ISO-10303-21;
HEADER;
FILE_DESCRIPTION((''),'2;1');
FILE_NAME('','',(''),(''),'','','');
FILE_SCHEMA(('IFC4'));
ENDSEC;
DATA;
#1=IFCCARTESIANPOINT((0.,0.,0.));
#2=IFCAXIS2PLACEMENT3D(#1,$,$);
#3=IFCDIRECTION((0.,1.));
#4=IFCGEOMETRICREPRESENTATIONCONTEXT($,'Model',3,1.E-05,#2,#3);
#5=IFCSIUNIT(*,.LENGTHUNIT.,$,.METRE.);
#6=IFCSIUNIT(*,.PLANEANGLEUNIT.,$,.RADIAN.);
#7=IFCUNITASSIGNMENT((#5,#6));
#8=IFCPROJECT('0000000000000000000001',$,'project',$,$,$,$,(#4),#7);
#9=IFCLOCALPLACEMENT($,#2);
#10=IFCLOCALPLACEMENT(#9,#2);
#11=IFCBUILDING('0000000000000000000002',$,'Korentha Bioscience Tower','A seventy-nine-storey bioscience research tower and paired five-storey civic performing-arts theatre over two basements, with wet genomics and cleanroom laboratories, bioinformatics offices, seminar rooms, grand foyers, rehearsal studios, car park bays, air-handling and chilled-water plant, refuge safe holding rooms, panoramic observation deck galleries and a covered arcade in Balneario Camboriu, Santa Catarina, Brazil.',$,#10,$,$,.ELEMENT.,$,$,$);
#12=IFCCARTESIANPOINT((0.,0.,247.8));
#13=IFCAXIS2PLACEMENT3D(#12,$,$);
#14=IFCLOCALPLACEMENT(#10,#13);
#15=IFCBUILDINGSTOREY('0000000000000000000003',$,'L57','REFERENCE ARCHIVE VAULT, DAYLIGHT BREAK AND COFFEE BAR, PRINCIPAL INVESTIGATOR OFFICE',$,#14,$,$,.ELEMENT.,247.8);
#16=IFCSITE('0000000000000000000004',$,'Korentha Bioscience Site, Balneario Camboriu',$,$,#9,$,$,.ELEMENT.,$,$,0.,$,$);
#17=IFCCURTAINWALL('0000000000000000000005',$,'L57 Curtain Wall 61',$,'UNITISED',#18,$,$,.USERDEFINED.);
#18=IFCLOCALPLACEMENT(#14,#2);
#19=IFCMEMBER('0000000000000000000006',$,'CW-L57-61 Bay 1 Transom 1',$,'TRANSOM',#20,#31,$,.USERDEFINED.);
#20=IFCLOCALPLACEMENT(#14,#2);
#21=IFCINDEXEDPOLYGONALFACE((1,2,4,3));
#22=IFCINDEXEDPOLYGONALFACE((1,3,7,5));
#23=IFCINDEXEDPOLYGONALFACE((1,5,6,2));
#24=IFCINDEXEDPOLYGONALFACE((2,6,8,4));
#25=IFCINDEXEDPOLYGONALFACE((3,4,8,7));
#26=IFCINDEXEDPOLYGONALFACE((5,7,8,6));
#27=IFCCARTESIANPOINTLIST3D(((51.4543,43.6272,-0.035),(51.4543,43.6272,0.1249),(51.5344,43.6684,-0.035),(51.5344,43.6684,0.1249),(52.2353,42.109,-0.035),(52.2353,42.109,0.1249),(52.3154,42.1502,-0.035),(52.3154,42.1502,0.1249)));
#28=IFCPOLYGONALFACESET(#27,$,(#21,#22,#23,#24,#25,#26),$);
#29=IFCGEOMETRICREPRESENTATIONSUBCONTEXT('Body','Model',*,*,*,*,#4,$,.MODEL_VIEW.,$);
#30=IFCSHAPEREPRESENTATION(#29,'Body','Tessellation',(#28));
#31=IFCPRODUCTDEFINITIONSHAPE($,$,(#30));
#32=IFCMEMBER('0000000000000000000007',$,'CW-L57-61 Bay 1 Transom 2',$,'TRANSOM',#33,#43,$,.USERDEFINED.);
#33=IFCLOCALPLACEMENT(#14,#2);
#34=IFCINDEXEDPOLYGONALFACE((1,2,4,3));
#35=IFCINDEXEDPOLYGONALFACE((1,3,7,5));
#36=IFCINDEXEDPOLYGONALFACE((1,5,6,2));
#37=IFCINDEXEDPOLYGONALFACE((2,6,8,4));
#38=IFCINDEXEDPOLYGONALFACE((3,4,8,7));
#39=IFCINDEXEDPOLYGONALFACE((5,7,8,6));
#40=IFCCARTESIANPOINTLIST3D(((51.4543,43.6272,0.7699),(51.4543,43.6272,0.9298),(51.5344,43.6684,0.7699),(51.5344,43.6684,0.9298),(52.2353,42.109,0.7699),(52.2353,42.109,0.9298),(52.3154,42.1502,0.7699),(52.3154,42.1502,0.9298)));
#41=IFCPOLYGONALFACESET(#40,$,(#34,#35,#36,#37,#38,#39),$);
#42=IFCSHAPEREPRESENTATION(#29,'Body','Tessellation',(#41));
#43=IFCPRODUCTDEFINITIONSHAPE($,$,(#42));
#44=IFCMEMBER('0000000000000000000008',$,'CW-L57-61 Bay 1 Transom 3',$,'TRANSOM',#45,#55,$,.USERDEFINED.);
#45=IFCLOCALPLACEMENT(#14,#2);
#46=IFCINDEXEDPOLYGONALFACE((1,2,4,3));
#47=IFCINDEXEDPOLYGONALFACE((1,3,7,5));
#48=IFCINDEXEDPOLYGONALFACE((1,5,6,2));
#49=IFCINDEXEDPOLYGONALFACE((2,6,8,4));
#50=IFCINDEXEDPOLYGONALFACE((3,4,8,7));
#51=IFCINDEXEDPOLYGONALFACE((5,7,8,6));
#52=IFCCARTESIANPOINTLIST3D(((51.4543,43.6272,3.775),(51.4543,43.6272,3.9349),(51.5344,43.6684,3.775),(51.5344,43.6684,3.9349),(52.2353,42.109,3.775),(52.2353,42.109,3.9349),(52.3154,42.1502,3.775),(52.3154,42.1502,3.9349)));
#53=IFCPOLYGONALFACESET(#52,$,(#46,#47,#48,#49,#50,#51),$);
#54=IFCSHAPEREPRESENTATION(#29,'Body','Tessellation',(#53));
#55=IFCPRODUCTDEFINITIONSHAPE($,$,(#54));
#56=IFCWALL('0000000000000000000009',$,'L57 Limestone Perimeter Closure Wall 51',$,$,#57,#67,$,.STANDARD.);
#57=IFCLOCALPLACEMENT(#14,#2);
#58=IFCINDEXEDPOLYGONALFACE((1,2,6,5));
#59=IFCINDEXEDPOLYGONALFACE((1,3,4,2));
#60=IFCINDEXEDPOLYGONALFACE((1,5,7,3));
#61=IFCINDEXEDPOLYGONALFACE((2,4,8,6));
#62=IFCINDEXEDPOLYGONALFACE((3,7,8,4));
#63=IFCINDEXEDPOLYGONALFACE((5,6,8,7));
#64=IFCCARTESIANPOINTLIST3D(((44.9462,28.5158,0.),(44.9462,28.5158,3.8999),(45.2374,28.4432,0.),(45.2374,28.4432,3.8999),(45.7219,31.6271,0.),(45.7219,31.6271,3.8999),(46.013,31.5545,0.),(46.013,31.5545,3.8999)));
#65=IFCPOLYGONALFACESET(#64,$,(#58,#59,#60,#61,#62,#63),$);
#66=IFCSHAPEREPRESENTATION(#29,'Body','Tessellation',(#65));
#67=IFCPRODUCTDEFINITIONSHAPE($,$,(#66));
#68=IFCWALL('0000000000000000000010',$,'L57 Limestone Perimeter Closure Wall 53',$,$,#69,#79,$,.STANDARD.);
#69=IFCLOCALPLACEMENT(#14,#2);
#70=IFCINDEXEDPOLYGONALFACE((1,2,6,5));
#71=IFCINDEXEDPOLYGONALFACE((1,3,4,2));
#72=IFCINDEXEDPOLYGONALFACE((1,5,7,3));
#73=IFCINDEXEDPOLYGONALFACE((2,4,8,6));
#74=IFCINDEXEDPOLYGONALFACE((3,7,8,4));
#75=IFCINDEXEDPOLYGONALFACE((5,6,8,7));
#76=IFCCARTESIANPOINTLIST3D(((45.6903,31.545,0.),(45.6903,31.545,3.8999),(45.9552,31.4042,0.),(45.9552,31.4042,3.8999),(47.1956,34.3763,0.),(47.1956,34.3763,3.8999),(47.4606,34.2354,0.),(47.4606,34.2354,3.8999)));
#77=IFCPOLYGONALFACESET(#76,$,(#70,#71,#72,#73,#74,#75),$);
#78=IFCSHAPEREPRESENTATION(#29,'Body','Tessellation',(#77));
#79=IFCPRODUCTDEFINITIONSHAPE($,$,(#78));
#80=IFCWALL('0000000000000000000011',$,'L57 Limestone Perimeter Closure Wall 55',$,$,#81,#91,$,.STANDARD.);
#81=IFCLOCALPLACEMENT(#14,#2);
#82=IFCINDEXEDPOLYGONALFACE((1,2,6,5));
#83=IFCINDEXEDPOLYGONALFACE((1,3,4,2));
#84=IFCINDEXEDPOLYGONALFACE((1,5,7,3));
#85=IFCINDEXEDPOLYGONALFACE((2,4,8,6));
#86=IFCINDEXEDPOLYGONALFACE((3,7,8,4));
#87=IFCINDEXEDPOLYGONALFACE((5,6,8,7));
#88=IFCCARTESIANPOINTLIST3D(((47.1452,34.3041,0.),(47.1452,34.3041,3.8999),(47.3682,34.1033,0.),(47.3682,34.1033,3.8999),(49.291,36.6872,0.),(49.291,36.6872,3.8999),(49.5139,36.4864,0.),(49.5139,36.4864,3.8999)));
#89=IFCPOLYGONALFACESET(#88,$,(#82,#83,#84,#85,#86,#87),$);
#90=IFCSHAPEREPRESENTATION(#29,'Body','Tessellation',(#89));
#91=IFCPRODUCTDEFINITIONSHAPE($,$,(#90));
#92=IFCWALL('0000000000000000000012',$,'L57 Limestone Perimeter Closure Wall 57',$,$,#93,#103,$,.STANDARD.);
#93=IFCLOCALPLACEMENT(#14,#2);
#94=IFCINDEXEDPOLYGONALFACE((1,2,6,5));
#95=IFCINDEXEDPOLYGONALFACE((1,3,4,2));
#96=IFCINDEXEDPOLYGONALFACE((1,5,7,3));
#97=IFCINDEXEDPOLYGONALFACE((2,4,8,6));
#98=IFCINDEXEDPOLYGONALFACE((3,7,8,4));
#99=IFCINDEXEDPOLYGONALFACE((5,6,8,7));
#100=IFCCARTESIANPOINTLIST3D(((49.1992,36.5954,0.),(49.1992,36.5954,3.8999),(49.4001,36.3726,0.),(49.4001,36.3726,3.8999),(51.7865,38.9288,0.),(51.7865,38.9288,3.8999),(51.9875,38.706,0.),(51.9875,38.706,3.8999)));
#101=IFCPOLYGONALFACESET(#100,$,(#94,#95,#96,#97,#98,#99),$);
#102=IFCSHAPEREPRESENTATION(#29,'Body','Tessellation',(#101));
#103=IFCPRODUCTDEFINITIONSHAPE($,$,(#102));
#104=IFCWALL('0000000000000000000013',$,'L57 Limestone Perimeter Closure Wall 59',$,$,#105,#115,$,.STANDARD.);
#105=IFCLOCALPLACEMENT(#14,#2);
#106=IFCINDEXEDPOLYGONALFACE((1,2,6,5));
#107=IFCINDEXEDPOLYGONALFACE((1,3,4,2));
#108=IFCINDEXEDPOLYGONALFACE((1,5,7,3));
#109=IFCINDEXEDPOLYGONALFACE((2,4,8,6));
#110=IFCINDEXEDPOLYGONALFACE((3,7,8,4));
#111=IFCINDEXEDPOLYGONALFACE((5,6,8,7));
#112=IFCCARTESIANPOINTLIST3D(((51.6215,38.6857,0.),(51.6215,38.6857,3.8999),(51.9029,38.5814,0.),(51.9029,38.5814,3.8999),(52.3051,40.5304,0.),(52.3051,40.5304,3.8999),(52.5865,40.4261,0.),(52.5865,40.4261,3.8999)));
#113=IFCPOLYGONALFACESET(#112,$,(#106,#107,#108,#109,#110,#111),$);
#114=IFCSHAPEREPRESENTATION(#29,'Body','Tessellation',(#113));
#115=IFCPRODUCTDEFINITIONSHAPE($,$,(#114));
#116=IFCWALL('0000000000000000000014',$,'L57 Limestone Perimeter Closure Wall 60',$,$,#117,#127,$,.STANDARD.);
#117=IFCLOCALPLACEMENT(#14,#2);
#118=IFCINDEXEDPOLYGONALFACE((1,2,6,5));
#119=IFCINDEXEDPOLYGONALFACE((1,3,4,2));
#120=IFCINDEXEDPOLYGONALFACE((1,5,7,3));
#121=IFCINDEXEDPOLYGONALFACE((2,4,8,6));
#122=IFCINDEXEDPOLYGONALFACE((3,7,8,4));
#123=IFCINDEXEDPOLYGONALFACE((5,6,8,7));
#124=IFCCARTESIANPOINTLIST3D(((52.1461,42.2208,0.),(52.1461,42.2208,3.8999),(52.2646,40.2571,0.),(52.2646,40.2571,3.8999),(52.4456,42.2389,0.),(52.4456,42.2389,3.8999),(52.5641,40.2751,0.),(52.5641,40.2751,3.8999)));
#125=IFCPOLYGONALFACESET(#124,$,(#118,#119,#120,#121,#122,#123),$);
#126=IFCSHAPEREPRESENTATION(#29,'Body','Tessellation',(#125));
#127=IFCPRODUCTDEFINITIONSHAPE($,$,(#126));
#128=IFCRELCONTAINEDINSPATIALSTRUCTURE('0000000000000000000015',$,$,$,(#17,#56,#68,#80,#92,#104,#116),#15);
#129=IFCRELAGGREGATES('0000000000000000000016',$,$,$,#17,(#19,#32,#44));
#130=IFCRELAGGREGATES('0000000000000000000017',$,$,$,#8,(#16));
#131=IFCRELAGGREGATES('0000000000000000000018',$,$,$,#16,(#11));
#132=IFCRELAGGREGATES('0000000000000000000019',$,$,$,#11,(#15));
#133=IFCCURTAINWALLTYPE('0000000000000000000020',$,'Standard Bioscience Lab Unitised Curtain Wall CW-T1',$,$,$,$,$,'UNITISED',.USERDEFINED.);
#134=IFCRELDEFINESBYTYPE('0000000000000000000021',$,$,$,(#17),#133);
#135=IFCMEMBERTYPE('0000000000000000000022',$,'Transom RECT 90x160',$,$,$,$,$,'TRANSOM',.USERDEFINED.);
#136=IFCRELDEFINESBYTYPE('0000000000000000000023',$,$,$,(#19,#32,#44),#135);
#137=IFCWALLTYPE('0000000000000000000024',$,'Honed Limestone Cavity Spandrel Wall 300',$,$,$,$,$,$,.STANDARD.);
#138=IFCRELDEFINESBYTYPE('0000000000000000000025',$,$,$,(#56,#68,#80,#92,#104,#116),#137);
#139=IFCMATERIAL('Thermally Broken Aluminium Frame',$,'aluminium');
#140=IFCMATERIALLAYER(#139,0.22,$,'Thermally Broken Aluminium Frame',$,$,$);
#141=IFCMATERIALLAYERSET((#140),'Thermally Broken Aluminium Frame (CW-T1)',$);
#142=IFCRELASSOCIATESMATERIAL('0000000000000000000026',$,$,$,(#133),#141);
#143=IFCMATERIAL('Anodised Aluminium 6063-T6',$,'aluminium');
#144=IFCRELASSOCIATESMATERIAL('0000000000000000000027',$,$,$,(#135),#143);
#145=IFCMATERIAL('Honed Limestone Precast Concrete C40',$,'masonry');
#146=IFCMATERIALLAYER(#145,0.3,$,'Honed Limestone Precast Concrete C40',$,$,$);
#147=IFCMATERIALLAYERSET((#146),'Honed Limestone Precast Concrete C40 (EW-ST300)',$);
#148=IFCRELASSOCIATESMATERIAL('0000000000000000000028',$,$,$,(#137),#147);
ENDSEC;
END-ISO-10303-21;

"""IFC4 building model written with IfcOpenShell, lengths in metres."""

from ifc_helpers import new_model, si_unit, direction, frame, frame_2d, origin, origin_2d, place, context, subcontext, project, spatial, rectangle, extrude, material, layer, layer_set, material_profile, profile_set, type_object, element, aggregate, save


model = new_model("IFC4")

# Units and contexts
model_context = context("Model", 3, precision=1e-05, world=origin(), true_north=direction((0.0, 1.0)))
body_context = subcontext(model_context, "Body", "Model", "MODEL_VIEW")
ifc_project = project(units=[si_unit("LENGTHUNIT", "METRE"), si_unit("PLANEANGLEUNIT", "RADIAN")], contexts=[model_context])

# Site, building, storey
site_placement = place(None, origin())
site = spatial("IfcSite", under=ifc_project, at=site_placement, Name="Korentha Bioscience Site, Balneario Camboriu", CompositionType="ELEMENT", RefElevation=0.0)
building_placement = place(site_placement, origin())
building = spatial("IfcBuilding", under=site, at=building_placement, Name="Korentha Bioscience Tower", Description="A seventy-nine-storey bioscience research tower and paired five-storey civic performing-arts theatre over two basements, with wet genomics and cleanroom laboratories, bioinformatics offices, seminar rooms, grand foyers, rehearsal studios, car park bays, air-handling and chilled-water plant, refuge safe holding rooms, panoramic observation deck galleries and a covered arcade in Balneario Camboriu, Santa Catarina, Brazil.", CompositionType="ELEMENT")
storey_placement = place(building_placement, frame((0.0, 0.0, 247.8)))
storey = spatial("IfcBuildingStorey", under=building, at=storey_placement, Name="L57", Description="REFERENCE ARCHIVE VAULT, DAYLIGHT BREAK AND COFFEE BAR, PRINCIPAL INVESTIGATOR OFFICE", CompositionType="ELEMENT", Elevation=247.8)

# Curtain wall
ifc_material_1 = material(Name="Thermally Broken Aluminium Frame", Category="aluminium")
ifc_layer_1 = layer(ifc_material_1, 0.22, Name="Thermally Broken Aluminium Frame")
ifc_layer_set_1 = layer_set([ifc_layer_1], Name="Thermally Broken Aluminium Frame (CW-T1)")
curtain_wall_type = type_object("IfcCurtainWallType", Name="Standard Bioscience Lab Unitised Curtain Wall CW-T1", ElementType="UNITISED", PredefinedType="USERDEFINED", material=ifc_layer_set_1)
curtain_wall_placement = place(storey_placement, origin())
curtain_wall = element("IfcCurtainWall", 1, at=curtain_wall_placement, inside=storey, type_object=curtain_wall_type, Name="L57 Curtain Wall 61", ObjectType="UNITISED", PredefinedType="USERDEFINED")
ifc_material_2 = material(Name="Anodised Aluminium 6063-T6", Category="aluminium")

# Members
ifc_material_profile_1 = material_profile(ifc_material_2, rectangle(XDim=0.0901, YDim=0.1599, at=origin_2d()), Name="Anodised Aluminium 6063-T6")
ifc_profile_set_1 = profile_set([ifc_material_profile_1], Name="Anodised Aluminium 6063-T6 (CW-TRN)")
member_type_1 = type_object("IfcMemberType", Name="Transom RECT 90x160", ElementType="TRANSOM", PredefinedType="USERDEFINED", material=ifc_profile_set_1)
member_1_placement = place(storey_placement, frame((52.2754, 42.1296, 0.0449), z_axis=(-0.45748, 0.88922, 0.0), x_axis=(-0.88922, -0.45748, 0.0)))
member_1 = element("IfcMember", 2, at=member_1_placement, type_object=member_type_1, Name="CW-L57-61 Bay 1 Transom 1", ObjectType="TRANSOM", PredefinedType="USERDEFINED", context=body_context, shape_type="SweptSolid", body=[
    extrude(rectangle(XDim=0.0901, YDim=0.1599, at=origin_2d()), origin(), (0.0, 0.0, 1.0), 1.7073),
])
member_2_placement = place(storey_placement, frame((52.2754, 42.1296, 0.8499), z_axis=(-0.45748, 0.88922, 0.0), x_axis=(-0.88922, -0.45748, 0.0)))
member_2 = element("IfcMember", 3, at=member_2_placement, type_object=member_type_1, Name="CW-L57-61 Bay 1 Transom 2", ObjectType="TRANSOM", PredefinedType="USERDEFINED", context=body_context, shape_type="SweptSolid", body=[
    extrude(rectangle(XDim=0.0901, YDim=0.1599, at=origin_2d()), origin(), (0.0, 0.0, 1.0), 1.7073),
])
member_3_placement = place(storey_placement, frame((52.2754, 42.1296, 3.855), z_axis=(-0.45748, 0.88922, 0.0), x_axis=(-0.88922, -0.45748, 0.0)))
member_3 = element("IfcMember", 4, at=member_3_placement, type_object=member_type_1, Name="CW-L57-61 Bay 1 Transom 3", ObjectType="TRANSOM", PredefinedType="USERDEFINED", context=body_context, shape_type="SweptSolid", body=[
    extrude(rectangle(XDim=0.0901, YDim=0.1599, at=origin_2d()), origin(), (0.0, 0.0, 1.0), 1.7073),
])
aggregate(curtain_wall, [member_1, member_2, member_3])

# Walls
ifc_material_3 = material(Name="Honed Limestone Precast Concrete C40", Category="masonry")
ifc_layer_2 = layer(ifc_material_3, 0.3, Name="Honed Limestone Precast Concrete C40")
ifc_layer_set_2 = layer_set([ifc_layer_2], Name="Honed Limestone Precast Concrete C40 (EW-ST300)")
wall_type = type_object("IfcWallType", Name="Honed Limestone Cavity Spandrel Wall 300", PredefinedType="STANDARD", material=ifc_layer_set_2)
for number, where, z_axis, x_axis, name in (
    (5, (45.0918, 28.4795, 0.0), (0.0, 0.0, 1.0), (0.241891, 0.970304, 0.0), "L57 Limestone Perimeter Closure Wall 51"),
    (6, (45.8228, 31.4746, 0.0), (0.0, 0.0, 1.0), (0.469458, 0.882955, 0.0), "L57 Limestone Perimeter Closure Wall 53"),
):
    element("IfcWall", number, at=place(storey_placement, frame(where, z_axis=z_axis, x_axis=x_axis)), inside=storey, type_object=wall_type, Name=name, PredefinedType="STANDARD", context=body_context, shape_type="SweptSolid", body=[
        extrude(rectangle(XDim=3.2065, YDim=0.3, at=frame_2d((1.6033, 0.0))), origin(), (0.0, 0.0, 1.0), 3.8999),
    ])
wall_1_placement = place(storey_placement, frame((47.2566, 34.2036, 0.0), z_axis=(0.0, 0.0, 1.0), x_axis=(0.669137, 0.743139, 0.0)))
element("IfcWall", 7, at=wall_1_placement, inside=storey, type_object=wall_type, Name="L57 Limestone Perimeter Closure Wall 55", PredefinedType="STANDARD", context=body_context, shape_type="SweptSolid", body=[
    extrude(rectangle(XDim=3.2068, YDim=0.3, at=frame_2d((1.6035, 0.0))), origin(), (0.0, 0.0, 1.0), 3.8999),
])
wall_2_placement = place(storey_placement, frame((49.2996, 36.4839, 0.0), z_axis=(0.0, 0.0, 1.0), x_axis=(0.742604, 0.669731, 0.0)))
element("IfcWall", 8, at=wall_2_placement, inside=storey, type_object=wall_type, Name="L57 Limestone Perimeter Closure Wall 57", PredefinedType="STANDARD", context=body_context, shape_type="SweptSolid", body=[
    extrude(rectangle(XDim=3.4841, YDim=0.3, at=frame_2d((1.7422, 0.0))), origin(), (0.0, 0.0, 1.0), 3.8999),
])
for number, where, z_axis, x_axis, name in (
    (9, (51.7622, 38.6335, 0.0), (0.0, 0.0, 1.0), (0.347476, 0.937689, 0.0), "L57 Limestone Perimeter Closure Wall 59"),
    (10, (52.4143, 40.2661, 0.0), (0.0, 0.0, 1.0), (-0.060192, 0.998187, 0.0), "L57 Limestone Perimeter Closure Wall 60"),
):
    element("IfcWall", number, at=place(storey_placement, frame(where, z_axis=z_axis, x_axis=x_axis)), inside=storey, type_object=wall_type, Name=name, PredefinedType="STANDARD", context=body_context, shape_type="SweptSolid", body=[
        extrude(rectangle(XDim=1.9673, YDim=0.3, at=frame_2d((0.9836, 0.0))), origin(), (0.0, 0.0, 1.0), 3.8999),
    ])

save(model, "model.ifc")
